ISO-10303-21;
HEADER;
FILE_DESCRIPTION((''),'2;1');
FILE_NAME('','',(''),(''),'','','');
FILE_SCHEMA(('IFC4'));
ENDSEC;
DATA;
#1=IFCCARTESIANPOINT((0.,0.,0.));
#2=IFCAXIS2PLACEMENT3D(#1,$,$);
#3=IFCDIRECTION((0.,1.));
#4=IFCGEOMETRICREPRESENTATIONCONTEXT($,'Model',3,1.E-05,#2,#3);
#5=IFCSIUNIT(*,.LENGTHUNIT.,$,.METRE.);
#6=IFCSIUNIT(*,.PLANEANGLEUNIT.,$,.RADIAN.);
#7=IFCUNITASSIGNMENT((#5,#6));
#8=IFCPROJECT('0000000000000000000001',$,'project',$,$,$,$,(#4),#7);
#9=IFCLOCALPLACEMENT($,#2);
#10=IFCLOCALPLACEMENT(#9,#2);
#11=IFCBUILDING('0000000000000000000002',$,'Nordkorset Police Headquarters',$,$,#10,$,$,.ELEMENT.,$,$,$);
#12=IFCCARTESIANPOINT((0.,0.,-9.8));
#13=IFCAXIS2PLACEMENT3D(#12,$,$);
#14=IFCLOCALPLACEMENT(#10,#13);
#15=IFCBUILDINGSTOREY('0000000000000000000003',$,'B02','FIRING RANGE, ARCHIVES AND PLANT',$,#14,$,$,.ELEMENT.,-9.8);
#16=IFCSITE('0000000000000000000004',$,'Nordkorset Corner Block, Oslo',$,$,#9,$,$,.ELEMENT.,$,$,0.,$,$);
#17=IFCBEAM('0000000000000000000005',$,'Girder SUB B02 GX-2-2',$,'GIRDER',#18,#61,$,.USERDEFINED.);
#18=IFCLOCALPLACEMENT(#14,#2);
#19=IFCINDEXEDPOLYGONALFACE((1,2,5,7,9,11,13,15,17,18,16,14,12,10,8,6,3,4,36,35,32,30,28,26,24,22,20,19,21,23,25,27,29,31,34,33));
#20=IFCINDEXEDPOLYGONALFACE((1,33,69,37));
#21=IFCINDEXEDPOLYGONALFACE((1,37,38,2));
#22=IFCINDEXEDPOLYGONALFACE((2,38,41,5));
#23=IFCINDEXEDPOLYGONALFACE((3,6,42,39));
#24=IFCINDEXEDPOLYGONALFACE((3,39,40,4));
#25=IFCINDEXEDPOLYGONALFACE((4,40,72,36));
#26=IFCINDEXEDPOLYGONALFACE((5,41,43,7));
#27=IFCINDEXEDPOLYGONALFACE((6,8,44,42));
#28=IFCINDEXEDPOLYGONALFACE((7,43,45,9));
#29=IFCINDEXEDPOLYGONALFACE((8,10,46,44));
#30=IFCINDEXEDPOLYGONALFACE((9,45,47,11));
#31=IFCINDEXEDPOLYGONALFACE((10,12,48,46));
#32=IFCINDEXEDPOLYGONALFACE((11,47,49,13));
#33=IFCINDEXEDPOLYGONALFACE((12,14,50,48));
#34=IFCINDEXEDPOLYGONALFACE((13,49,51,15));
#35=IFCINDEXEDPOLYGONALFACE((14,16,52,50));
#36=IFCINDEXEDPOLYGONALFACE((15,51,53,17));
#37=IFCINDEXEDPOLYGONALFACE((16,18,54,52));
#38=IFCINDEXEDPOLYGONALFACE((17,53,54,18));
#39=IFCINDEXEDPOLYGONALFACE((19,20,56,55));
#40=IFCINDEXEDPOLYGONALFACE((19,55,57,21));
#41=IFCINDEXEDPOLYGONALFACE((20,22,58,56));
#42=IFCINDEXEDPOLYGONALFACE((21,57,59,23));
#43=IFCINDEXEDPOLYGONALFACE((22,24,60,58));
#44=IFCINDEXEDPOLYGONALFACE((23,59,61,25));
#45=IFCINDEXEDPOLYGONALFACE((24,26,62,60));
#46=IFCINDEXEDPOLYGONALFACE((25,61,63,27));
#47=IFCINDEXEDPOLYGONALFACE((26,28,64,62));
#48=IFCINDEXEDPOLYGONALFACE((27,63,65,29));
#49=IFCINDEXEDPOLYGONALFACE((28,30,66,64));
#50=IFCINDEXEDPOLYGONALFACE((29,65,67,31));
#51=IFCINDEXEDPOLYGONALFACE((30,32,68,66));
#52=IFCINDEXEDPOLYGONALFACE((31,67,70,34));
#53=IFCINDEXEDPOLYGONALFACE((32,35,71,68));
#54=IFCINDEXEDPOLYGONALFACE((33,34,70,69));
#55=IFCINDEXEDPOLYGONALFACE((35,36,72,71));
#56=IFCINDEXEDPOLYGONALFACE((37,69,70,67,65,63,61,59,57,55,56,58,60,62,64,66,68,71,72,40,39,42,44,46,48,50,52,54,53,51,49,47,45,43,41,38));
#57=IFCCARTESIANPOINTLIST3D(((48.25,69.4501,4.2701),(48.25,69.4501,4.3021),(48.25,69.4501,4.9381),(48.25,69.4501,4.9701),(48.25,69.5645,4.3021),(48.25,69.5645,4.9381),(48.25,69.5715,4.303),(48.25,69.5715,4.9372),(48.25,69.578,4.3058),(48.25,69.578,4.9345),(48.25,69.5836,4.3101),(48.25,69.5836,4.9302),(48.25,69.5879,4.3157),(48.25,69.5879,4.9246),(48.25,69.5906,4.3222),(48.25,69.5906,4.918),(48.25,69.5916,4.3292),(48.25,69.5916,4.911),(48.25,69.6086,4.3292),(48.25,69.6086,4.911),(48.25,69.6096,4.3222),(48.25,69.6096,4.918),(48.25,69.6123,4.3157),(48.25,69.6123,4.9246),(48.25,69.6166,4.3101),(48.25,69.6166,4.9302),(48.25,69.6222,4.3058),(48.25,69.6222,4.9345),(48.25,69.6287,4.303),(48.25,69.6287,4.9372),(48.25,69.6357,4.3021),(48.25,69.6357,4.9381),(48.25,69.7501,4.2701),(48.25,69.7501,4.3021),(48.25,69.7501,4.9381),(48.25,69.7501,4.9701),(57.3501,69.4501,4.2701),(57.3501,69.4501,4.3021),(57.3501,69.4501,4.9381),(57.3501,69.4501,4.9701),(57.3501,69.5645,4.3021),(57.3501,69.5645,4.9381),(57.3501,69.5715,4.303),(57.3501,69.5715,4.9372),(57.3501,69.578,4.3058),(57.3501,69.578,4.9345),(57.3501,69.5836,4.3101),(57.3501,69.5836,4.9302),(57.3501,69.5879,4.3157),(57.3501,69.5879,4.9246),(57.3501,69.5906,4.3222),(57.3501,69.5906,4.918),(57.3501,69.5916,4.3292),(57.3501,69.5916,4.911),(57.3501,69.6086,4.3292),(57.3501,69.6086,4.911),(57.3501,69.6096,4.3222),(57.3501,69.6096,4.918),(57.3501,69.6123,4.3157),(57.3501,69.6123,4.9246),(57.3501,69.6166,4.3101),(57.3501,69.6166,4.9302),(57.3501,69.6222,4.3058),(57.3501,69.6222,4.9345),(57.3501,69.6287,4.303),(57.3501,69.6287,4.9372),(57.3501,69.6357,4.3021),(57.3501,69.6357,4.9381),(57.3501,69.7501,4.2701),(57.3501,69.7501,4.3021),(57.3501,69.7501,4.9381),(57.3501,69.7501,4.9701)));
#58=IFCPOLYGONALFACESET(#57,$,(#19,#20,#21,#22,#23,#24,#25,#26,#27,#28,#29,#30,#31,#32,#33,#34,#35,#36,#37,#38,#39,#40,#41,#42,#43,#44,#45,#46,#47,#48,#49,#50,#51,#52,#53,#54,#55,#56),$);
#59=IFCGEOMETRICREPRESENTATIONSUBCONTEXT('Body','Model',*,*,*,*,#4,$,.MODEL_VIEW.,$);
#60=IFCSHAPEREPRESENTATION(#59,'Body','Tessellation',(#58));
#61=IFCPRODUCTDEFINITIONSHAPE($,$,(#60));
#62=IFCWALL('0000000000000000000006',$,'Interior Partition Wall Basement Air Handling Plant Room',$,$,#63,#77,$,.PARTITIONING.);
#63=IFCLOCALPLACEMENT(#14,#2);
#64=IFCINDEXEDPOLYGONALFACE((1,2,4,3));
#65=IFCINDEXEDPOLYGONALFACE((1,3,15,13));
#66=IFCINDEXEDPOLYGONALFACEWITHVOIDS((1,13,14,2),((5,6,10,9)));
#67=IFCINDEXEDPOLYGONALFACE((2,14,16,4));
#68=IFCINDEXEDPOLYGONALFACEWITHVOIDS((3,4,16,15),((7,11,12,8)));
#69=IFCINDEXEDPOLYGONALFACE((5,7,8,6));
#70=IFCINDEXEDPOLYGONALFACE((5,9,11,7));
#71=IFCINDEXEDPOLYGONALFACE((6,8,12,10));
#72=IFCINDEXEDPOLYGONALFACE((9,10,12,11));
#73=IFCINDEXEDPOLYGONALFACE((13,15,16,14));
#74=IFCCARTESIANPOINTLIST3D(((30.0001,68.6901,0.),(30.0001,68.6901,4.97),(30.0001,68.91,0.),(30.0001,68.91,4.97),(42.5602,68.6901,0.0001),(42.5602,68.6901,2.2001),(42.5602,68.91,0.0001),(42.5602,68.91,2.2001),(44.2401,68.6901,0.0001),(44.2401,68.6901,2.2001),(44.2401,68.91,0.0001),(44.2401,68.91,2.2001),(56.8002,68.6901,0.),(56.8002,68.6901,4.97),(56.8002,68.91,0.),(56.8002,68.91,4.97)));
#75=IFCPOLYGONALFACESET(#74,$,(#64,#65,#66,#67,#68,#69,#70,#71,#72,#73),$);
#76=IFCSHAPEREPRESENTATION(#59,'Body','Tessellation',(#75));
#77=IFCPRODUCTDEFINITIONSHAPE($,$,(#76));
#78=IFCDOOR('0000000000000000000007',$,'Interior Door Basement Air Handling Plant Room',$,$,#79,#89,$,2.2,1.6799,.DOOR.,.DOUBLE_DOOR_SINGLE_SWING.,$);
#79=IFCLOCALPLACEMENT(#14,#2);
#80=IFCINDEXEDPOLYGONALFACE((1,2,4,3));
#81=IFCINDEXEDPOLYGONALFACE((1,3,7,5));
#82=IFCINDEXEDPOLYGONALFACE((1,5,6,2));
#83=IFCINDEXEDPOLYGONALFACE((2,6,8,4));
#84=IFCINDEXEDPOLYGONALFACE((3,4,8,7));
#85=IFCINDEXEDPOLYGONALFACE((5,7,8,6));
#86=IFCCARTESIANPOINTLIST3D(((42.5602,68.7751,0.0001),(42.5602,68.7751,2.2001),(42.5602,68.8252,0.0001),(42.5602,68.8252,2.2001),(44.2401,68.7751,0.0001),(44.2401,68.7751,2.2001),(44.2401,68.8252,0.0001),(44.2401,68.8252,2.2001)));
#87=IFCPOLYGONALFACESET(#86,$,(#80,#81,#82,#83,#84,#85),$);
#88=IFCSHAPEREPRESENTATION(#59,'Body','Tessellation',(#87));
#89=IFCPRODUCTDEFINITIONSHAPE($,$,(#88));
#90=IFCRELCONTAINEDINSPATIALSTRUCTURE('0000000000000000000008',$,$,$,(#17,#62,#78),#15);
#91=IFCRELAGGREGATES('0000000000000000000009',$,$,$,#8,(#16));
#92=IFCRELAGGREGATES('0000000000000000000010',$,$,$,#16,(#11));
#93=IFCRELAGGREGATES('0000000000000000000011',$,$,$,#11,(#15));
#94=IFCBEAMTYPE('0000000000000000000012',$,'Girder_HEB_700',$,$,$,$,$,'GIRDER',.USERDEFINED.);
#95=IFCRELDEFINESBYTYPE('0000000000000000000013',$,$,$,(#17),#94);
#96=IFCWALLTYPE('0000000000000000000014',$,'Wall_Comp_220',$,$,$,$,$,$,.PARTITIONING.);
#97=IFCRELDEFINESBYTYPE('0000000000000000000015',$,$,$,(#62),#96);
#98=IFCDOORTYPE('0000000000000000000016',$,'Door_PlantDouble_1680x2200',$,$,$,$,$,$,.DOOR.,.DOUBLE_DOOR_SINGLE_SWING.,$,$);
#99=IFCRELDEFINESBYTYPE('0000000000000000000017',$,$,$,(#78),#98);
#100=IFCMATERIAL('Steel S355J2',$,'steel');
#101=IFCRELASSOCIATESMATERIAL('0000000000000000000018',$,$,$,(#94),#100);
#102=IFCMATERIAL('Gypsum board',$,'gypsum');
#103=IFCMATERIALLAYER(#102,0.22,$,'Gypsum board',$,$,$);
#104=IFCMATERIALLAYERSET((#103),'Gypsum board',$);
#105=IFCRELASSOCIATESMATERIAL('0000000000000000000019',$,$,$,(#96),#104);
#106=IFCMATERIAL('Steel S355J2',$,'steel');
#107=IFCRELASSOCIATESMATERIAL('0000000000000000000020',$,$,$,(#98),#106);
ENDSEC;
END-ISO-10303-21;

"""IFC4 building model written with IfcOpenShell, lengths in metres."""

from ifc_helpers import new_model, si_unit, direction, frame, frame_2d, origin, origin_2d, place, context, subcontext, project, spatial, rectangle, i_section, extrude, material, layer, layer_set, material_profile, profile_set, type_object, element, fill, save


model = new_model("IFC4")

# Units and contexts
model_context = context("Model", 3, precision=1e-05, world=origin(), true_north=direction((0.0, 1.0)))
body_context = subcontext(model_context, "Body", "Model", "MODEL_VIEW")
ifc_project = project(units=[si_unit("LENGTHUNIT", "METRE"), si_unit("PLANEANGLEUNIT", "RADIAN")], contexts=[model_context])

# Site, building, storey
site_placement = place(None, origin())
site = spatial("IfcSite", under=ifc_project, at=site_placement, Name="Nordkorset Corner Block, Oslo", CompositionType="ELEMENT", RefElevation=0.0)
building_placement = place(site_placement, origin())
building = spatial("IfcBuilding", under=site, at=building_placement, Name="Nordkorset Police Headquarters", CompositionType="ELEMENT")
storey_placement = place(building_placement, frame((0.0, 0.0, -9.8)))
storey = spatial("IfcBuildingStorey", under=building, at=storey_placement, Name="B02", Description="FIRING RANGE, ARCHIVES AND PLANT", CompositionType="ELEMENT", Elevation=-9.8)

# Beam
ifc_material_1 = material(Name="Steel S355J2", Category="steel")
ifc_material_profile_1 = material_profile(ifc_material_1, i_section(OverallWidth=0.3, OverallDepth=0.7, WebThickness=0.0171, FlangeThickness=0.032, FilletRadius=0.0271, at=origin_2d()), Name="HEB 700")
ifc_profile_set_1 = profile_set([ifc_material_profile_1], Name="Steel S355J2")
beam_type_1 = type_object("IfcBeamType", Name="Girder_HEB_700", ElementType="GIRDER", PredefinedType="USERDEFINED", material=ifc_profile_set_1)
for number, where, z_axis, x_axis, name in (
    (1, (48.25, 69.6001, 4.6201), (1.0, 0.0, 0.0), (0.0, 1.0, 0.0), "Girder SUB B02 GX-2-2"),
):
    element("IfcBeam", number, at=place(storey_placement, frame(where, z_axis=z_axis, x_axis=x_axis)), inside=storey, type_object=beam_type_1, Name=name, ObjectType="GIRDER", PredefinedType="USERDEFINED", context=body_context, shape_type="SweptSolid", body=[
        extrude(i_section(OverallWidth=0.3, OverallDepth=0.7, WebThickness=0.0171, FlangeThickness=0.032, FilletRadius=0.0271, at=origin_2d()), origin(), (0.0, 0.0, 1.0), 9.1001),
    ])

# Wall, opening, door
ifc_material_2 = material(Name="Gypsum board", Category="gypsum")
ifc_layer = layer(ifc_material_2, 0.22, Name="Gypsum board")
ifc_layer_set = layer_set([ifc_layer], Name="Gypsum board")
wall_type = type_object("IfcWallType", Name="Wall_Comp_220", PredefinedType="PARTITIONING", material=ifc_layer_set)
wall_placement = place(storey_placement, frame((56.8, 68.8, 0.0), z_axis=(0.0, 0.0, 1.0), x_axis=(-1.0, 0.0, 0.0)))
wall = element("IfcWall", 2, at=wall_placement, inside=storey, type_object=wall_type, Name="Interior Partition Wall Basement Air Handling Plant Room", PredefinedType="PARTITIONING", context=body_context, shape_type="SweptSolid", body=[
    extrude(rectangle(XDim=26.8, YDim=0.22, at=frame_2d((13.3999, 0.0))), origin(), (0.0, 0.0, 1.0), 4.97),
])
opening_placement = place(wall_placement, frame((12.5601, 0.0, 0.0)))
opening = element("IfcOpeningElement", 3, at=opening_placement, cuts=wall, PredefinedType="OPENING", context=body_context, shape_type="SweptSolid", body=[
    extrude(rectangle(XDim=1.6799, YDim=2.2, at=frame_2d((0.8398, 1.1001))), frame((0.0, 0.1201, 0.0), z_axis=(0.0, -1.0, 0.0), x_axis=(1.0, 0.0, 0.0)), (0.0, 0.0, 1.0), 0.24),
])
ifc_material_3 = material(Name="Steel S355J2", Category="steel")
door_type = type_object("IfcDoorType", Name="Door_PlantDouble_1680x2200", OperationType="DOUBLE_DOOR_SINGLE_SWING", PredefinedType="DOOR", material=ifc_material_3)
door_placement = place(opening_placement, origin())
door = element("IfcDoor", 4, at=door_placement, inside=storey, type_object=door_type, Name="Interior Door Basement Air Handling Plant Room", OperationType="DOUBLE_DOOR_SINGLE_SWING", OverallHeight=2.2, OverallWidth=1.6799, PredefinedType="DOOR", context=body_context, shape_type="SweptSolid", body=[
    extrude(rectangle(XDim=1.6799, YDim=2.2, at=frame_2d((0.8398, 1.1001))), frame((0.0, 0.0249, 0.0), z_axis=(0.0, -1.0, 0.0), x_axis=(1.0, 0.0, 0.0)), (0.0, 0.0, 1.0), 0.05),
])
fill(opening, door)

save(model, "model.ifc")
